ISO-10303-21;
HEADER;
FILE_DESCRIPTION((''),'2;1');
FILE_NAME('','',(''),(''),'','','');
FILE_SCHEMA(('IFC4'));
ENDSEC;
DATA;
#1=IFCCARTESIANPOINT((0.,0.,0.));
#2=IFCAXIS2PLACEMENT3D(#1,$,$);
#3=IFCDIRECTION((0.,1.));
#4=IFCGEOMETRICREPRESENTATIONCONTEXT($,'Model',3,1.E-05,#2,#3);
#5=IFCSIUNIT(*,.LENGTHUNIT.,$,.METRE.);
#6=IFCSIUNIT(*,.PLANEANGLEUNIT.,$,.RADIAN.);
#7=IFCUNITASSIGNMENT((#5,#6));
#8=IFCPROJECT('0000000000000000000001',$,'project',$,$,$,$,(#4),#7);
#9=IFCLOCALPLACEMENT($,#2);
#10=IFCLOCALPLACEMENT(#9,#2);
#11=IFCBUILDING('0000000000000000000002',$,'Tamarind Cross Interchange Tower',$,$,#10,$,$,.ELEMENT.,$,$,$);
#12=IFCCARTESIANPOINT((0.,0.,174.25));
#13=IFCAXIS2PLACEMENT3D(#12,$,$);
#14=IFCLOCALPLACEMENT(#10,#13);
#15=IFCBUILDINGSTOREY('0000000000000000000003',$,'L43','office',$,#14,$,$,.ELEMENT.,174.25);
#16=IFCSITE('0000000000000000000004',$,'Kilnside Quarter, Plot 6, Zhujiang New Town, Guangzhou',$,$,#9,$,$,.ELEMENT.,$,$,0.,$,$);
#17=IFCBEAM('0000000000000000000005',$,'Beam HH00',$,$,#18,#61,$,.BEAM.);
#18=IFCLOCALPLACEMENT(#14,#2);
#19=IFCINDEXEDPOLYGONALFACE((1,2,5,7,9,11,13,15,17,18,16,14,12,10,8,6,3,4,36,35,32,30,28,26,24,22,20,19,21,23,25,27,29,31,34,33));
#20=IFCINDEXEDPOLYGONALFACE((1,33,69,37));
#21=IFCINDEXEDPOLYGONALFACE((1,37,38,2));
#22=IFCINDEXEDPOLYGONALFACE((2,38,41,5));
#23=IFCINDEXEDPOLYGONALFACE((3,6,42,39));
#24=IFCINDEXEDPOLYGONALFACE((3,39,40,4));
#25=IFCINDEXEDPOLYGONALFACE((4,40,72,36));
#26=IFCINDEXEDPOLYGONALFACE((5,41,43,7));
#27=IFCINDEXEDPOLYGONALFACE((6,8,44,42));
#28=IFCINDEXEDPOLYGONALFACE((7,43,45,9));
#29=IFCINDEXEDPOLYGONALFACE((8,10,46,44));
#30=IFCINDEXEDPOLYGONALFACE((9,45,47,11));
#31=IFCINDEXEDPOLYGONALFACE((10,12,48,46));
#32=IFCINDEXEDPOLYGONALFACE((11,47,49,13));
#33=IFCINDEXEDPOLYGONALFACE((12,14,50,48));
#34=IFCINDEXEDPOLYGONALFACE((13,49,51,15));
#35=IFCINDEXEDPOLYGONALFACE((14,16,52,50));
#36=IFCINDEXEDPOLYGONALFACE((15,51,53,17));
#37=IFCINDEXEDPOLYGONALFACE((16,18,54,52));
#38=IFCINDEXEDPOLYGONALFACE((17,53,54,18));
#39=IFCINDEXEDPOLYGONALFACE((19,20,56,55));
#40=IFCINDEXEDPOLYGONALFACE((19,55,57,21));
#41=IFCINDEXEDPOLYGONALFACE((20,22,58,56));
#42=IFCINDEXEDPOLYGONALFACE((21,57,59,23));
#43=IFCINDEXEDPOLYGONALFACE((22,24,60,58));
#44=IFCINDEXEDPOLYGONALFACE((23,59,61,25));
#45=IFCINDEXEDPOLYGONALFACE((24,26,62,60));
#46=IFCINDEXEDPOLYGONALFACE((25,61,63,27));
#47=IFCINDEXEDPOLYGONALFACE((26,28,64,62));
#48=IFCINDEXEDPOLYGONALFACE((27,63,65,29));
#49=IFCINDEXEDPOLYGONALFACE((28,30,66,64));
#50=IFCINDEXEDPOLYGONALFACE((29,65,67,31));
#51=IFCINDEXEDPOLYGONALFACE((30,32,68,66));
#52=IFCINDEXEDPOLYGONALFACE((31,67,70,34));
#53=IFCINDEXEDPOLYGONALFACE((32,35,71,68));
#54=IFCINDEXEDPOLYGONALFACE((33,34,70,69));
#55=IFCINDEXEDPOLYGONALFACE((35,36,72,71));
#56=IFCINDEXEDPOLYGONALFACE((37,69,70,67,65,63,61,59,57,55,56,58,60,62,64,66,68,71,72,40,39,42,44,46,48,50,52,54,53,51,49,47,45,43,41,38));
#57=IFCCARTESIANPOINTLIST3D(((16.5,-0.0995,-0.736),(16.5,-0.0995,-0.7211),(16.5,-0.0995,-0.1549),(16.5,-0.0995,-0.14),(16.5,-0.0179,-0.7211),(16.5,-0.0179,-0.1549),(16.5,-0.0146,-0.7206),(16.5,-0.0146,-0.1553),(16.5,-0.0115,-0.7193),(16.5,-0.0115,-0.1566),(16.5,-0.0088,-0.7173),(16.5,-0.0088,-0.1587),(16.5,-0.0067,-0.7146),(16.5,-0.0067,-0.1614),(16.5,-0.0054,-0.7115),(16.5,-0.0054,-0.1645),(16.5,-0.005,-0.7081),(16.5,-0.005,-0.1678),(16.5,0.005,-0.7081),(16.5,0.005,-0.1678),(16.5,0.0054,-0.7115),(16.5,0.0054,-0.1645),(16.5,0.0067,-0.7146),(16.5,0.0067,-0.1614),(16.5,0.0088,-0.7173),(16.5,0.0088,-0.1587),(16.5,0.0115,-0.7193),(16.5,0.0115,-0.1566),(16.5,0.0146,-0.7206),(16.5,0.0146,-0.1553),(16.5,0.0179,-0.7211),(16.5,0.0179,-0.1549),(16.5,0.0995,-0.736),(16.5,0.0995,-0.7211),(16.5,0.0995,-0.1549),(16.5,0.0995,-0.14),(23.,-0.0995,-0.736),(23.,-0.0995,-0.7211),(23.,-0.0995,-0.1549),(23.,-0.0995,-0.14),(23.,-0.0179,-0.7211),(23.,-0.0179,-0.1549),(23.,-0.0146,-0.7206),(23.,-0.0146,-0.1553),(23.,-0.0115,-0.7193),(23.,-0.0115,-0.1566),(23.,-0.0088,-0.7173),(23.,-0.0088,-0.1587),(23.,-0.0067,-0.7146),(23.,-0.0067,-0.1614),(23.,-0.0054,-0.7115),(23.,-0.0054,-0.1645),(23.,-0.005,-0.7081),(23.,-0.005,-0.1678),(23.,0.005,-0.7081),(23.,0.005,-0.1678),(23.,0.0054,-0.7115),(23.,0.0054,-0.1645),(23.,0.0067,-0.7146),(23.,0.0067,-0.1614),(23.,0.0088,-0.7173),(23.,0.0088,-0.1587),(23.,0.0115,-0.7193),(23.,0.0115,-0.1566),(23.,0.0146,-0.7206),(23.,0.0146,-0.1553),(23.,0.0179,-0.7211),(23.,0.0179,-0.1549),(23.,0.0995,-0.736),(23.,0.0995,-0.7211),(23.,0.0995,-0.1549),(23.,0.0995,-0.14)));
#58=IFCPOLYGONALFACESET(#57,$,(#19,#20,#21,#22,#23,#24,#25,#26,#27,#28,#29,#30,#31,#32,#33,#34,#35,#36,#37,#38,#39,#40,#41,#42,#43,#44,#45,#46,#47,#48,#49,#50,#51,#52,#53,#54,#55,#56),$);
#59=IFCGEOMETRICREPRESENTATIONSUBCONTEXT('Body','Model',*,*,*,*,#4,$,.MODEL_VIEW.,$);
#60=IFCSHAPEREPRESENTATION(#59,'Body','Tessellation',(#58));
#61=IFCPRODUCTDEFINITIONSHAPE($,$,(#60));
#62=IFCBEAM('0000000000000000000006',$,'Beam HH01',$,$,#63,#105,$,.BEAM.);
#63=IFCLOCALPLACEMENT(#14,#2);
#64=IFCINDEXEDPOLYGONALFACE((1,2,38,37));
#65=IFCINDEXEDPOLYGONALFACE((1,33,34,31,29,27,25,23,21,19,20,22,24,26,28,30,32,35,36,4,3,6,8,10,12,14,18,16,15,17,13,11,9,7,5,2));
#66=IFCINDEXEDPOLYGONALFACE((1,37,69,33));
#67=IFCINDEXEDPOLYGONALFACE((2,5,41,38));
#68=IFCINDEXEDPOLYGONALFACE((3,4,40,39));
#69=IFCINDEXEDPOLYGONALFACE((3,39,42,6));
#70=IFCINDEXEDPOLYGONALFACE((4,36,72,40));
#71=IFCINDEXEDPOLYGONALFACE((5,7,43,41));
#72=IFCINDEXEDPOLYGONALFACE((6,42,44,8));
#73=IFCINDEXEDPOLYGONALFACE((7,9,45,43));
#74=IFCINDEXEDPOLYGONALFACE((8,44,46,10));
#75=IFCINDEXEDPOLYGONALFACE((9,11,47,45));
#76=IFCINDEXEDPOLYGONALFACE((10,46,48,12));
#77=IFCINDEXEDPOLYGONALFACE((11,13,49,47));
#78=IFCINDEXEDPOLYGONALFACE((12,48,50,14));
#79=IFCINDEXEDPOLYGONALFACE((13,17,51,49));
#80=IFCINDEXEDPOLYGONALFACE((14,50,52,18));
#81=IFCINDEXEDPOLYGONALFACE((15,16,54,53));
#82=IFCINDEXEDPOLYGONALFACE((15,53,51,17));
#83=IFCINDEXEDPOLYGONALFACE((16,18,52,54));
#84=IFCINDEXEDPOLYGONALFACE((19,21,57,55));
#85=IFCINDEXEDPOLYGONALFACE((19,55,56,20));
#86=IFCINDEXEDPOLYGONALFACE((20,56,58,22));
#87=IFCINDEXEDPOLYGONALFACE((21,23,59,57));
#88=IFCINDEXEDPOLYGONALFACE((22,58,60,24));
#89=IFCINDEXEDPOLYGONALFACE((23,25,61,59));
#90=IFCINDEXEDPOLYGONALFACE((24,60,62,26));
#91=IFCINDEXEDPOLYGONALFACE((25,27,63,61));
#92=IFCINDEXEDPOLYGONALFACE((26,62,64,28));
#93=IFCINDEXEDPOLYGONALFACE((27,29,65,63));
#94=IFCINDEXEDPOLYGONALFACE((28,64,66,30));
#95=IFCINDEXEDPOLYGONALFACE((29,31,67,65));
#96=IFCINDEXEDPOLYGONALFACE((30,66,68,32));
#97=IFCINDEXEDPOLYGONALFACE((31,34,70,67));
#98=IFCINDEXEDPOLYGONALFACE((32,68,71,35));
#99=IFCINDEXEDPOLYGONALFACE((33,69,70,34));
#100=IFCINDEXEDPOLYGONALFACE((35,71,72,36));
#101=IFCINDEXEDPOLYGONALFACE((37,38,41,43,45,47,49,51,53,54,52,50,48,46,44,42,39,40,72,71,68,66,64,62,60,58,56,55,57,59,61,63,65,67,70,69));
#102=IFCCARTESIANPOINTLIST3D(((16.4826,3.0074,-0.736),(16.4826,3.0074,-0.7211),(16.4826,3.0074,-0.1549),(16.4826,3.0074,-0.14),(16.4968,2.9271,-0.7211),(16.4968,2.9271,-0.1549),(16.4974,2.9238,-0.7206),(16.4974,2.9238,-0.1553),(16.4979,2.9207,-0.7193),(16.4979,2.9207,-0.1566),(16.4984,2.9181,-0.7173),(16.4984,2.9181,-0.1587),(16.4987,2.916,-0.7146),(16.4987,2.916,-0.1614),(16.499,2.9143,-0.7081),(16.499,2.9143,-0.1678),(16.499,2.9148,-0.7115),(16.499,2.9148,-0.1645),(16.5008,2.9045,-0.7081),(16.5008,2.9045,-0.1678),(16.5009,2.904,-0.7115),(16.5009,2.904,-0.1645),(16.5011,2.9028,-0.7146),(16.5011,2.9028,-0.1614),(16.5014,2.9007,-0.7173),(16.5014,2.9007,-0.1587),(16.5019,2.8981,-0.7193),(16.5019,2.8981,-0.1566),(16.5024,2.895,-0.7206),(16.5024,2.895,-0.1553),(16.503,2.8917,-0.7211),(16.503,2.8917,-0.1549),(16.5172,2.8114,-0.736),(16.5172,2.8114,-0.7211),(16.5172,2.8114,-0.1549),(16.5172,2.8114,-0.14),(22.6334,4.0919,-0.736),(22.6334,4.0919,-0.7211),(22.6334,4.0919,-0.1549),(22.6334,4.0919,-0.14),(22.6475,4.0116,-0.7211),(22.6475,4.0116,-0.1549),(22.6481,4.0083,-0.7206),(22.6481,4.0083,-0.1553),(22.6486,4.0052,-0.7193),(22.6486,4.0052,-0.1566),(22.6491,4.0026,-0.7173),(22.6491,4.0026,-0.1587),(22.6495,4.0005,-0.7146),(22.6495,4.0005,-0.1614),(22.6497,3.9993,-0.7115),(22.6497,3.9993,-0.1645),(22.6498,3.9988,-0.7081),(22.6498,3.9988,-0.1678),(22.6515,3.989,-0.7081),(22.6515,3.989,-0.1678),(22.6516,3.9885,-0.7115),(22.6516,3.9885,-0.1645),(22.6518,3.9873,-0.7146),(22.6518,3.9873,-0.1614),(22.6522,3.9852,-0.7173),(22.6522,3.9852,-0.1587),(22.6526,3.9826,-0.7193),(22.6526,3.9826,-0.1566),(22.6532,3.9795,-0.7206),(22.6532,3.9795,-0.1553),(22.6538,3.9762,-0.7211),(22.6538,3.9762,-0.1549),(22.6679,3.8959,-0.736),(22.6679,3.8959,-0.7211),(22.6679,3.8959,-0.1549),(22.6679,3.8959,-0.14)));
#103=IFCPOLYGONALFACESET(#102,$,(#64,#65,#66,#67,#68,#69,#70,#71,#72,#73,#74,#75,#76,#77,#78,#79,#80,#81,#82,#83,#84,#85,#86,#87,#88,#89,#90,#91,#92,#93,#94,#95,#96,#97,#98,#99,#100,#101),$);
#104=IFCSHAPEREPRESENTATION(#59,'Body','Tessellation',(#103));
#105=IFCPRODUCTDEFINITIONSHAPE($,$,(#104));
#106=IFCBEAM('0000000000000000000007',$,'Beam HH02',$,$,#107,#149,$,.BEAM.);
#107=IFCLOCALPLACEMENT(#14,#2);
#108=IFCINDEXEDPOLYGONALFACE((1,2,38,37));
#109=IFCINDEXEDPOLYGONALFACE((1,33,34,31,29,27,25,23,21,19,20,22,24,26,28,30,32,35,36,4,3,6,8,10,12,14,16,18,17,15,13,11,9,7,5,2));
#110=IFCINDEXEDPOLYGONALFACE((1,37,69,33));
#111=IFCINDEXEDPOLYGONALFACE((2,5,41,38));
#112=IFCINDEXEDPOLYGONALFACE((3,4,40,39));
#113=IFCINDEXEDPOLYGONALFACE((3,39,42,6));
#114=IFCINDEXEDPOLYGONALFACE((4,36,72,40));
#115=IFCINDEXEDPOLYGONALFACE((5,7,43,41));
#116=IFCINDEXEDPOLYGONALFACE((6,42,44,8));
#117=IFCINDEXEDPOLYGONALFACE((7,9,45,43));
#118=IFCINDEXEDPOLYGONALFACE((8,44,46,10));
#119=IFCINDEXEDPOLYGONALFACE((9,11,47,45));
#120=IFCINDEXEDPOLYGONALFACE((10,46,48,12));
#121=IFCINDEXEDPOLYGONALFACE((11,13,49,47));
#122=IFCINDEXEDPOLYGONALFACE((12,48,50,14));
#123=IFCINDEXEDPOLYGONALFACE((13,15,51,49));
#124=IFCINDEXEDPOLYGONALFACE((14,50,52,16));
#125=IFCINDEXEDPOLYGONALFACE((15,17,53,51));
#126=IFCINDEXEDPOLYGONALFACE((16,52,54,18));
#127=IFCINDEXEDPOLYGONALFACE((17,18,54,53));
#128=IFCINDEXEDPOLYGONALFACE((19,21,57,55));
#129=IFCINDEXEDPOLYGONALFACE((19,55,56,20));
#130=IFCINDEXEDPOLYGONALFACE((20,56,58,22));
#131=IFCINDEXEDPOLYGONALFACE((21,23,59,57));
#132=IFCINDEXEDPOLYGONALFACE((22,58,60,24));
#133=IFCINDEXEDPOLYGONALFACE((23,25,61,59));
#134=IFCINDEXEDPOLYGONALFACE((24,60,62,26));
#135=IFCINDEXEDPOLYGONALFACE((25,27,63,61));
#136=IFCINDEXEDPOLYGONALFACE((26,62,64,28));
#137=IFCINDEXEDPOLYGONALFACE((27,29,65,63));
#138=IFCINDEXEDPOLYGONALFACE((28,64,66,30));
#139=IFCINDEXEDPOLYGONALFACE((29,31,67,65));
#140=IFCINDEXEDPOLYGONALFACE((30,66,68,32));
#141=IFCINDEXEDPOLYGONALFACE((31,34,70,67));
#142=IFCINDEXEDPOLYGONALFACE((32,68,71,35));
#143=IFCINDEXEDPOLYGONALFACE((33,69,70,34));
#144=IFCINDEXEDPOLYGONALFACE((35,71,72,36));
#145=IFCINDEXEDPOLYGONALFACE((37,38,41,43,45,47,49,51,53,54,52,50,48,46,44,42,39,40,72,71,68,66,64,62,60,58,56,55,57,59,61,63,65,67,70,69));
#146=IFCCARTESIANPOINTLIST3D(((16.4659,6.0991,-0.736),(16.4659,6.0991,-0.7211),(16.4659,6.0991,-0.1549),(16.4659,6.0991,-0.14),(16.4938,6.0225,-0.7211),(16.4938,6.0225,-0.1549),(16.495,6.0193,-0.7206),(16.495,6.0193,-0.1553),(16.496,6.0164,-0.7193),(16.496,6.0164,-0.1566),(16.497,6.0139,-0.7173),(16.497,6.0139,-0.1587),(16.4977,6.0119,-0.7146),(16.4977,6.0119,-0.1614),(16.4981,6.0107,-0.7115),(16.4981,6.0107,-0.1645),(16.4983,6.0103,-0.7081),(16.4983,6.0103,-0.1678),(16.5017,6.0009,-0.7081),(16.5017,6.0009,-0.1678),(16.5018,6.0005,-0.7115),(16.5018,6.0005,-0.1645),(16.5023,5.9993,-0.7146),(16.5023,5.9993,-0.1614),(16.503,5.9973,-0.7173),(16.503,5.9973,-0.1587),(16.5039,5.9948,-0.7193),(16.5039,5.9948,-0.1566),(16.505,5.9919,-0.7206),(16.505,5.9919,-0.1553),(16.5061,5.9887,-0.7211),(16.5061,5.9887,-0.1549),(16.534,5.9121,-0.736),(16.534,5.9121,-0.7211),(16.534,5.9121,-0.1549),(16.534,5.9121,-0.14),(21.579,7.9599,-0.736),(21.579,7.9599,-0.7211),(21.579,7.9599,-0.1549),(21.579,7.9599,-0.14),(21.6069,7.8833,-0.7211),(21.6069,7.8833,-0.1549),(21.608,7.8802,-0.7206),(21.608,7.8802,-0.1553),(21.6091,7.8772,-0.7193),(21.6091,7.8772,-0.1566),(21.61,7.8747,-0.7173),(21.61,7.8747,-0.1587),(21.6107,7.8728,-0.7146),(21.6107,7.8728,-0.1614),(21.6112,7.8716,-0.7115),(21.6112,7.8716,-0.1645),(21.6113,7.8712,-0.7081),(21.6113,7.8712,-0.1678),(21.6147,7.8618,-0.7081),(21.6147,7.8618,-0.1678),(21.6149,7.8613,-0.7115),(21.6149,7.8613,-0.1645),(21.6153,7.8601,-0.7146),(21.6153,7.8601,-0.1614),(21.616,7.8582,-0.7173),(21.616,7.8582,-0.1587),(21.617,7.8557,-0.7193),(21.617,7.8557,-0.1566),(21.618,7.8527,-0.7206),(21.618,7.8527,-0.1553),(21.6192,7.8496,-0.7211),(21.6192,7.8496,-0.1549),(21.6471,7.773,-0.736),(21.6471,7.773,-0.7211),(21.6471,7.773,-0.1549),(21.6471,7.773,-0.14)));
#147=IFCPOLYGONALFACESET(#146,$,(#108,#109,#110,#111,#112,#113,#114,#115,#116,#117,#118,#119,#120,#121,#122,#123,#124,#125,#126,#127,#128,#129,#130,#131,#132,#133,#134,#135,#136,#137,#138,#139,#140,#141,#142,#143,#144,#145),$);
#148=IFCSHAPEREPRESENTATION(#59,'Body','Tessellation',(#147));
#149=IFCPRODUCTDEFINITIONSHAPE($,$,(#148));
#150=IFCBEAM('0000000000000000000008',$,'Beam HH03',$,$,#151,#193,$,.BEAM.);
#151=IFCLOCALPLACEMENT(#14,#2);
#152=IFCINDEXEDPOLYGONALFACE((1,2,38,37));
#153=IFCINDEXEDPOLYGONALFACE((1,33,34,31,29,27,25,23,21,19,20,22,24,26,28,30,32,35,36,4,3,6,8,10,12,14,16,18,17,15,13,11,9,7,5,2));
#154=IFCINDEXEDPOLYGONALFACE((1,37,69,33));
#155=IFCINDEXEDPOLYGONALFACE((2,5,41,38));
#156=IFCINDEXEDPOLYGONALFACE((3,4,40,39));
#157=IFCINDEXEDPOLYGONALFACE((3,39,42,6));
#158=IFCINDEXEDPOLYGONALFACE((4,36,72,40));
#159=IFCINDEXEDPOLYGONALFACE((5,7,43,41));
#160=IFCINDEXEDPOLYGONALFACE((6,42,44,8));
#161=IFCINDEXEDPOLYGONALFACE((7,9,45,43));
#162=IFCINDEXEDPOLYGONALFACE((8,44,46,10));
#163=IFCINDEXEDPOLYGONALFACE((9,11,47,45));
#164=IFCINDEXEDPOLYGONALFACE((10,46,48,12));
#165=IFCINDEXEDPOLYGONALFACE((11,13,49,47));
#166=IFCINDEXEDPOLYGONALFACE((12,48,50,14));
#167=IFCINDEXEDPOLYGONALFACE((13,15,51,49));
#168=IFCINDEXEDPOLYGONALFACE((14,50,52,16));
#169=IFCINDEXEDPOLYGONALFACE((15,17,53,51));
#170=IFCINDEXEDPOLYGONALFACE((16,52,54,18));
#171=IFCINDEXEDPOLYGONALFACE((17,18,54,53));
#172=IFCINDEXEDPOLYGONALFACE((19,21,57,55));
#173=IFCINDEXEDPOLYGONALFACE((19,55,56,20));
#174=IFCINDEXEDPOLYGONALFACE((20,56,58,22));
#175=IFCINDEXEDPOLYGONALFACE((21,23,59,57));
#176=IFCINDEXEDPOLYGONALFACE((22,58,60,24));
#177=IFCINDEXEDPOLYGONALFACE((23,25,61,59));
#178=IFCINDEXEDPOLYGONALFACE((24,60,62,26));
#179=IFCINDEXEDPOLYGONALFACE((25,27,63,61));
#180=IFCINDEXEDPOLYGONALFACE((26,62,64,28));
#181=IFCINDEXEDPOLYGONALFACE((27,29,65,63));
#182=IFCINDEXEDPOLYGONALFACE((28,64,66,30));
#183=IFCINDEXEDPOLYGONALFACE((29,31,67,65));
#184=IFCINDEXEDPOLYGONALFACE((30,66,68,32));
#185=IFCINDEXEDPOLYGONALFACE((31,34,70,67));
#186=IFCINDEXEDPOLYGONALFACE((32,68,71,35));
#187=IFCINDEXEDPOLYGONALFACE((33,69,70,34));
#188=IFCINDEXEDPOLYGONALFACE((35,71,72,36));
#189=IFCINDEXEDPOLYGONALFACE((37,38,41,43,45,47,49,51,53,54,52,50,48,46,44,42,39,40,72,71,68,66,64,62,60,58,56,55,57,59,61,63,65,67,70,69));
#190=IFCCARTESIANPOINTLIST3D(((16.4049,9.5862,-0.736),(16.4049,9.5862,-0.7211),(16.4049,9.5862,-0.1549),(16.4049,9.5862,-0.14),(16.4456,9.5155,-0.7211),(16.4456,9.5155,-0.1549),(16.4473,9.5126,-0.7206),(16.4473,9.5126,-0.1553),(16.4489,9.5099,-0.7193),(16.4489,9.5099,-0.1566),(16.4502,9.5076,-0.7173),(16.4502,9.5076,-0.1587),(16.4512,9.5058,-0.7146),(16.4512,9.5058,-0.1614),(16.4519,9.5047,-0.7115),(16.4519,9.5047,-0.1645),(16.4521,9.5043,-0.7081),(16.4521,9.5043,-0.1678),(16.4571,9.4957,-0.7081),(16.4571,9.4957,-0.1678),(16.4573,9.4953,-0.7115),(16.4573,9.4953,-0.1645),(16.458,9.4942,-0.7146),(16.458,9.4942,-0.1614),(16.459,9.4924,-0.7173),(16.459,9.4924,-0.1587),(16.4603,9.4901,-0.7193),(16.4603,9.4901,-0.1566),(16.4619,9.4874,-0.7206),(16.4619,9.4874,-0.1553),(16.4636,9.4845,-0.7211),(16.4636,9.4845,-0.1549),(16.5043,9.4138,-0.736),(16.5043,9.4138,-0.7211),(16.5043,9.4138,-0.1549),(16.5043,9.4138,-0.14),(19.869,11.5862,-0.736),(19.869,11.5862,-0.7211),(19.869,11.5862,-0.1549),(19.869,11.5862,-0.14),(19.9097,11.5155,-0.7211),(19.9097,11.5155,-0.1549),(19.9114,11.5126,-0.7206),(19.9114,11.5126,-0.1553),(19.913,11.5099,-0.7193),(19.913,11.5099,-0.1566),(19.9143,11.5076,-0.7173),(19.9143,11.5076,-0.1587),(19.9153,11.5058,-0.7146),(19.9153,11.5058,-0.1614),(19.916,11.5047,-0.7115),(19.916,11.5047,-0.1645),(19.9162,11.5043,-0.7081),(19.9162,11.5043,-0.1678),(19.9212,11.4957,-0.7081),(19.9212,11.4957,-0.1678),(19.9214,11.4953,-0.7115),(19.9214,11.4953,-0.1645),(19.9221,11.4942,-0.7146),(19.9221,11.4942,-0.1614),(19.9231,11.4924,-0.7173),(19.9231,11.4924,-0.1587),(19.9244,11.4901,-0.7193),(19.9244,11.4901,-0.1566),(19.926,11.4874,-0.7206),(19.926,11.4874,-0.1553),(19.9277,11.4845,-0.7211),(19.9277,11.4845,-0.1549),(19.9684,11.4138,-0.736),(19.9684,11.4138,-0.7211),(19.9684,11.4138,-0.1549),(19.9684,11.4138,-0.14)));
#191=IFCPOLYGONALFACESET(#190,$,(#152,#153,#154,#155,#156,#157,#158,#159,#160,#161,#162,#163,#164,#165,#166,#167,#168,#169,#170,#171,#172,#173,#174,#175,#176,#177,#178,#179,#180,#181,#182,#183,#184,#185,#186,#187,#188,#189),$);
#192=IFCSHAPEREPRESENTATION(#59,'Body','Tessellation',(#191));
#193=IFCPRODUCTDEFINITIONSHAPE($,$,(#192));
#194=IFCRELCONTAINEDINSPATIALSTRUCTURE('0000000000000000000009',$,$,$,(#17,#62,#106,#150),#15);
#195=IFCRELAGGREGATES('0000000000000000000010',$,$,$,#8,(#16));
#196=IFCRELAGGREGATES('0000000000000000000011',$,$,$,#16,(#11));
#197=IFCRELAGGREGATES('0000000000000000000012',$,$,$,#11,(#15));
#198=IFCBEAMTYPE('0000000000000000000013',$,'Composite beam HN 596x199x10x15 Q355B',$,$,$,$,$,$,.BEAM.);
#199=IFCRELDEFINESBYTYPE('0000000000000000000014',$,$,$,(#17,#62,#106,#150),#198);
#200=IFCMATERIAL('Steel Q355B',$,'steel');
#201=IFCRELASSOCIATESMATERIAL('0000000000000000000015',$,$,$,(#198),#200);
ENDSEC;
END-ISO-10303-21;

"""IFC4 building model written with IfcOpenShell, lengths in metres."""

from ifc_helpers import new_model, si_unit, direction, frame, origin, origin_2d, place, context, subcontext, project, spatial, i_section, extrude, material, material_profile, profile_set, type_object, element, save


model = new_model("IFC4")

# Units and contexts
model_context = context("Model", 3, precision=1e-05, world=origin(), true_north=direction((0.0, 1.0)))
body_context = subcontext(model_context, "Body", "Model", "MODEL_VIEW")
ifc_project = project(units=[si_unit("LENGTHUNIT", "METRE"), si_unit("PLANEANGLEUNIT", "RADIAN")], contexts=[model_context])

# Site, building, storey
site_placement = place(None, origin())
site = spatial("IfcSite", under=ifc_project, at=site_placement, Name="Kilnside Quarter, Plot 6, Zhujiang New Town, Guangzhou", CompositionType="ELEMENT", RefElevation=0.0)
building_placement = place(site_placement, origin())
building = spatial("IfcBuilding", under=site, at=building_placement, Name="Tamarind Cross Interchange Tower", CompositionType="ELEMENT")
storey_placement = place(building_placement, frame((0.0, 0.0, 174.25)))
storey = spatial("IfcBuildingStorey", under=building, at=storey_placement, Name="L43", Description="office", CompositionType="ELEMENT", Elevation=174.25)

# Beams
ifc_material_1 = material(Name="Steel Q355B", Category="steel")
ifc_material_profile_1 = material_profile(ifc_material_1, i_section(OverallWidth=0.199, OverallDepth=0.5959, WebThickness=0.01, FlangeThickness=0.0149, FilletRadius=0.0129, at=origin_2d()), Name="HN 596x199x10x15")
ifc_profile_set_1 = profile_set([ifc_material_profile_1], Name="Steel Q355B")
beam_type_1 = type_object("IfcBeamType", Name="Composite beam HN 596x199x10x15 Q355B", PredefinedType="BEAM", material=ifc_profile_set_1)
beam_1_placement = place(storey_placement, frame((23.0, 0.0, -0.438), z_axis=(-1.0, 0.0, 0.0), x_axis=(0.0, -1.0, 0.0)))
element("IfcBeam", 1, at=beam_1_placement, inside=storey, type_object=beam_type_1, Name="Beam HH00", PredefinedType="BEAM", context=body_context, shape_type="SweptSolid", body=[
    extrude(i_section(OverallWidth=0.199, OverallDepth=0.5959, WebThickness=0.01, FlangeThickness=0.0149, FilletRadius=0.0129, at=origin_2d()), origin(), (0.0, 0.0, 1.0), 6.5),
])
beam_2_placement = place(storey_placement, frame((22.6506, 3.9939, -0.438), z_axis=(-0.984809, -0.17364, 0.0), x_axis=(0.17364, -0.984809, 0.0)))
element("IfcBeam", 2, at=beam_2_placement, inside=storey, type_object=beam_type_1, Name="Beam HH01", PredefinedType="BEAM", context=body_context, shape_type="SweptSolid", body=[
    extrude(i_section(OverallWidth=0.199, OverallDepth=0.5959, WebThickness=0.01, FlangeThickness=0.0149, FilletRadius=0.0129, at=origin_2d()), origin(), (0.0, 0.0, 1.0), 6.2456),
])
beam_3_placement = place(storey_placement, frame((21.613, 7.8665, -0.438), z_axis=(-0.939702, -0.341995, 0.0), x_axis=(0.341995, -0.939702, 0.0)))
element("IfcBeam", 3, at=beam_3_placement, inside=storey, type_object=beam_type_1, Name="Beam HH02", PredefinedType="BEAM", context=body_context, shape_type="SweptSolid", body=[
    extrude(i_section(OverallWidth=0.199, OverallDepth=0.5959, WebThickness=0.01, FlangeThickness=0.0149, FilletRadius=0.0129, at=origin_2d()), origin(), (0.0, 0.0, 1.0), 5.4412),
])
beam_4_placement = place(storey_placement, frame((19.9187, 11.5, -0.438), z_axis=(-0.866026, -0.499999, 0.0), x_axis=(0.499999, -0.866026, 0.0)))
element("IfcBeam", 4, at=beam_4_placement, inside=storey, type_object=beam_type_1, Name="Beam HH03", PredefinedType="BEAM", context=body_context, shape_type="SweptSolid", body=[
    extrude(i_section(OverallWidth=0.199, OverallDepth=0.5959, WebThickness=0.01, FlangeThickness=0.0149, FilletRadius=0.0129, at=origin_2d()), origin(), (0.0, 0.0, 1.0), 4.0),
])

save(model, "model.ifc")
